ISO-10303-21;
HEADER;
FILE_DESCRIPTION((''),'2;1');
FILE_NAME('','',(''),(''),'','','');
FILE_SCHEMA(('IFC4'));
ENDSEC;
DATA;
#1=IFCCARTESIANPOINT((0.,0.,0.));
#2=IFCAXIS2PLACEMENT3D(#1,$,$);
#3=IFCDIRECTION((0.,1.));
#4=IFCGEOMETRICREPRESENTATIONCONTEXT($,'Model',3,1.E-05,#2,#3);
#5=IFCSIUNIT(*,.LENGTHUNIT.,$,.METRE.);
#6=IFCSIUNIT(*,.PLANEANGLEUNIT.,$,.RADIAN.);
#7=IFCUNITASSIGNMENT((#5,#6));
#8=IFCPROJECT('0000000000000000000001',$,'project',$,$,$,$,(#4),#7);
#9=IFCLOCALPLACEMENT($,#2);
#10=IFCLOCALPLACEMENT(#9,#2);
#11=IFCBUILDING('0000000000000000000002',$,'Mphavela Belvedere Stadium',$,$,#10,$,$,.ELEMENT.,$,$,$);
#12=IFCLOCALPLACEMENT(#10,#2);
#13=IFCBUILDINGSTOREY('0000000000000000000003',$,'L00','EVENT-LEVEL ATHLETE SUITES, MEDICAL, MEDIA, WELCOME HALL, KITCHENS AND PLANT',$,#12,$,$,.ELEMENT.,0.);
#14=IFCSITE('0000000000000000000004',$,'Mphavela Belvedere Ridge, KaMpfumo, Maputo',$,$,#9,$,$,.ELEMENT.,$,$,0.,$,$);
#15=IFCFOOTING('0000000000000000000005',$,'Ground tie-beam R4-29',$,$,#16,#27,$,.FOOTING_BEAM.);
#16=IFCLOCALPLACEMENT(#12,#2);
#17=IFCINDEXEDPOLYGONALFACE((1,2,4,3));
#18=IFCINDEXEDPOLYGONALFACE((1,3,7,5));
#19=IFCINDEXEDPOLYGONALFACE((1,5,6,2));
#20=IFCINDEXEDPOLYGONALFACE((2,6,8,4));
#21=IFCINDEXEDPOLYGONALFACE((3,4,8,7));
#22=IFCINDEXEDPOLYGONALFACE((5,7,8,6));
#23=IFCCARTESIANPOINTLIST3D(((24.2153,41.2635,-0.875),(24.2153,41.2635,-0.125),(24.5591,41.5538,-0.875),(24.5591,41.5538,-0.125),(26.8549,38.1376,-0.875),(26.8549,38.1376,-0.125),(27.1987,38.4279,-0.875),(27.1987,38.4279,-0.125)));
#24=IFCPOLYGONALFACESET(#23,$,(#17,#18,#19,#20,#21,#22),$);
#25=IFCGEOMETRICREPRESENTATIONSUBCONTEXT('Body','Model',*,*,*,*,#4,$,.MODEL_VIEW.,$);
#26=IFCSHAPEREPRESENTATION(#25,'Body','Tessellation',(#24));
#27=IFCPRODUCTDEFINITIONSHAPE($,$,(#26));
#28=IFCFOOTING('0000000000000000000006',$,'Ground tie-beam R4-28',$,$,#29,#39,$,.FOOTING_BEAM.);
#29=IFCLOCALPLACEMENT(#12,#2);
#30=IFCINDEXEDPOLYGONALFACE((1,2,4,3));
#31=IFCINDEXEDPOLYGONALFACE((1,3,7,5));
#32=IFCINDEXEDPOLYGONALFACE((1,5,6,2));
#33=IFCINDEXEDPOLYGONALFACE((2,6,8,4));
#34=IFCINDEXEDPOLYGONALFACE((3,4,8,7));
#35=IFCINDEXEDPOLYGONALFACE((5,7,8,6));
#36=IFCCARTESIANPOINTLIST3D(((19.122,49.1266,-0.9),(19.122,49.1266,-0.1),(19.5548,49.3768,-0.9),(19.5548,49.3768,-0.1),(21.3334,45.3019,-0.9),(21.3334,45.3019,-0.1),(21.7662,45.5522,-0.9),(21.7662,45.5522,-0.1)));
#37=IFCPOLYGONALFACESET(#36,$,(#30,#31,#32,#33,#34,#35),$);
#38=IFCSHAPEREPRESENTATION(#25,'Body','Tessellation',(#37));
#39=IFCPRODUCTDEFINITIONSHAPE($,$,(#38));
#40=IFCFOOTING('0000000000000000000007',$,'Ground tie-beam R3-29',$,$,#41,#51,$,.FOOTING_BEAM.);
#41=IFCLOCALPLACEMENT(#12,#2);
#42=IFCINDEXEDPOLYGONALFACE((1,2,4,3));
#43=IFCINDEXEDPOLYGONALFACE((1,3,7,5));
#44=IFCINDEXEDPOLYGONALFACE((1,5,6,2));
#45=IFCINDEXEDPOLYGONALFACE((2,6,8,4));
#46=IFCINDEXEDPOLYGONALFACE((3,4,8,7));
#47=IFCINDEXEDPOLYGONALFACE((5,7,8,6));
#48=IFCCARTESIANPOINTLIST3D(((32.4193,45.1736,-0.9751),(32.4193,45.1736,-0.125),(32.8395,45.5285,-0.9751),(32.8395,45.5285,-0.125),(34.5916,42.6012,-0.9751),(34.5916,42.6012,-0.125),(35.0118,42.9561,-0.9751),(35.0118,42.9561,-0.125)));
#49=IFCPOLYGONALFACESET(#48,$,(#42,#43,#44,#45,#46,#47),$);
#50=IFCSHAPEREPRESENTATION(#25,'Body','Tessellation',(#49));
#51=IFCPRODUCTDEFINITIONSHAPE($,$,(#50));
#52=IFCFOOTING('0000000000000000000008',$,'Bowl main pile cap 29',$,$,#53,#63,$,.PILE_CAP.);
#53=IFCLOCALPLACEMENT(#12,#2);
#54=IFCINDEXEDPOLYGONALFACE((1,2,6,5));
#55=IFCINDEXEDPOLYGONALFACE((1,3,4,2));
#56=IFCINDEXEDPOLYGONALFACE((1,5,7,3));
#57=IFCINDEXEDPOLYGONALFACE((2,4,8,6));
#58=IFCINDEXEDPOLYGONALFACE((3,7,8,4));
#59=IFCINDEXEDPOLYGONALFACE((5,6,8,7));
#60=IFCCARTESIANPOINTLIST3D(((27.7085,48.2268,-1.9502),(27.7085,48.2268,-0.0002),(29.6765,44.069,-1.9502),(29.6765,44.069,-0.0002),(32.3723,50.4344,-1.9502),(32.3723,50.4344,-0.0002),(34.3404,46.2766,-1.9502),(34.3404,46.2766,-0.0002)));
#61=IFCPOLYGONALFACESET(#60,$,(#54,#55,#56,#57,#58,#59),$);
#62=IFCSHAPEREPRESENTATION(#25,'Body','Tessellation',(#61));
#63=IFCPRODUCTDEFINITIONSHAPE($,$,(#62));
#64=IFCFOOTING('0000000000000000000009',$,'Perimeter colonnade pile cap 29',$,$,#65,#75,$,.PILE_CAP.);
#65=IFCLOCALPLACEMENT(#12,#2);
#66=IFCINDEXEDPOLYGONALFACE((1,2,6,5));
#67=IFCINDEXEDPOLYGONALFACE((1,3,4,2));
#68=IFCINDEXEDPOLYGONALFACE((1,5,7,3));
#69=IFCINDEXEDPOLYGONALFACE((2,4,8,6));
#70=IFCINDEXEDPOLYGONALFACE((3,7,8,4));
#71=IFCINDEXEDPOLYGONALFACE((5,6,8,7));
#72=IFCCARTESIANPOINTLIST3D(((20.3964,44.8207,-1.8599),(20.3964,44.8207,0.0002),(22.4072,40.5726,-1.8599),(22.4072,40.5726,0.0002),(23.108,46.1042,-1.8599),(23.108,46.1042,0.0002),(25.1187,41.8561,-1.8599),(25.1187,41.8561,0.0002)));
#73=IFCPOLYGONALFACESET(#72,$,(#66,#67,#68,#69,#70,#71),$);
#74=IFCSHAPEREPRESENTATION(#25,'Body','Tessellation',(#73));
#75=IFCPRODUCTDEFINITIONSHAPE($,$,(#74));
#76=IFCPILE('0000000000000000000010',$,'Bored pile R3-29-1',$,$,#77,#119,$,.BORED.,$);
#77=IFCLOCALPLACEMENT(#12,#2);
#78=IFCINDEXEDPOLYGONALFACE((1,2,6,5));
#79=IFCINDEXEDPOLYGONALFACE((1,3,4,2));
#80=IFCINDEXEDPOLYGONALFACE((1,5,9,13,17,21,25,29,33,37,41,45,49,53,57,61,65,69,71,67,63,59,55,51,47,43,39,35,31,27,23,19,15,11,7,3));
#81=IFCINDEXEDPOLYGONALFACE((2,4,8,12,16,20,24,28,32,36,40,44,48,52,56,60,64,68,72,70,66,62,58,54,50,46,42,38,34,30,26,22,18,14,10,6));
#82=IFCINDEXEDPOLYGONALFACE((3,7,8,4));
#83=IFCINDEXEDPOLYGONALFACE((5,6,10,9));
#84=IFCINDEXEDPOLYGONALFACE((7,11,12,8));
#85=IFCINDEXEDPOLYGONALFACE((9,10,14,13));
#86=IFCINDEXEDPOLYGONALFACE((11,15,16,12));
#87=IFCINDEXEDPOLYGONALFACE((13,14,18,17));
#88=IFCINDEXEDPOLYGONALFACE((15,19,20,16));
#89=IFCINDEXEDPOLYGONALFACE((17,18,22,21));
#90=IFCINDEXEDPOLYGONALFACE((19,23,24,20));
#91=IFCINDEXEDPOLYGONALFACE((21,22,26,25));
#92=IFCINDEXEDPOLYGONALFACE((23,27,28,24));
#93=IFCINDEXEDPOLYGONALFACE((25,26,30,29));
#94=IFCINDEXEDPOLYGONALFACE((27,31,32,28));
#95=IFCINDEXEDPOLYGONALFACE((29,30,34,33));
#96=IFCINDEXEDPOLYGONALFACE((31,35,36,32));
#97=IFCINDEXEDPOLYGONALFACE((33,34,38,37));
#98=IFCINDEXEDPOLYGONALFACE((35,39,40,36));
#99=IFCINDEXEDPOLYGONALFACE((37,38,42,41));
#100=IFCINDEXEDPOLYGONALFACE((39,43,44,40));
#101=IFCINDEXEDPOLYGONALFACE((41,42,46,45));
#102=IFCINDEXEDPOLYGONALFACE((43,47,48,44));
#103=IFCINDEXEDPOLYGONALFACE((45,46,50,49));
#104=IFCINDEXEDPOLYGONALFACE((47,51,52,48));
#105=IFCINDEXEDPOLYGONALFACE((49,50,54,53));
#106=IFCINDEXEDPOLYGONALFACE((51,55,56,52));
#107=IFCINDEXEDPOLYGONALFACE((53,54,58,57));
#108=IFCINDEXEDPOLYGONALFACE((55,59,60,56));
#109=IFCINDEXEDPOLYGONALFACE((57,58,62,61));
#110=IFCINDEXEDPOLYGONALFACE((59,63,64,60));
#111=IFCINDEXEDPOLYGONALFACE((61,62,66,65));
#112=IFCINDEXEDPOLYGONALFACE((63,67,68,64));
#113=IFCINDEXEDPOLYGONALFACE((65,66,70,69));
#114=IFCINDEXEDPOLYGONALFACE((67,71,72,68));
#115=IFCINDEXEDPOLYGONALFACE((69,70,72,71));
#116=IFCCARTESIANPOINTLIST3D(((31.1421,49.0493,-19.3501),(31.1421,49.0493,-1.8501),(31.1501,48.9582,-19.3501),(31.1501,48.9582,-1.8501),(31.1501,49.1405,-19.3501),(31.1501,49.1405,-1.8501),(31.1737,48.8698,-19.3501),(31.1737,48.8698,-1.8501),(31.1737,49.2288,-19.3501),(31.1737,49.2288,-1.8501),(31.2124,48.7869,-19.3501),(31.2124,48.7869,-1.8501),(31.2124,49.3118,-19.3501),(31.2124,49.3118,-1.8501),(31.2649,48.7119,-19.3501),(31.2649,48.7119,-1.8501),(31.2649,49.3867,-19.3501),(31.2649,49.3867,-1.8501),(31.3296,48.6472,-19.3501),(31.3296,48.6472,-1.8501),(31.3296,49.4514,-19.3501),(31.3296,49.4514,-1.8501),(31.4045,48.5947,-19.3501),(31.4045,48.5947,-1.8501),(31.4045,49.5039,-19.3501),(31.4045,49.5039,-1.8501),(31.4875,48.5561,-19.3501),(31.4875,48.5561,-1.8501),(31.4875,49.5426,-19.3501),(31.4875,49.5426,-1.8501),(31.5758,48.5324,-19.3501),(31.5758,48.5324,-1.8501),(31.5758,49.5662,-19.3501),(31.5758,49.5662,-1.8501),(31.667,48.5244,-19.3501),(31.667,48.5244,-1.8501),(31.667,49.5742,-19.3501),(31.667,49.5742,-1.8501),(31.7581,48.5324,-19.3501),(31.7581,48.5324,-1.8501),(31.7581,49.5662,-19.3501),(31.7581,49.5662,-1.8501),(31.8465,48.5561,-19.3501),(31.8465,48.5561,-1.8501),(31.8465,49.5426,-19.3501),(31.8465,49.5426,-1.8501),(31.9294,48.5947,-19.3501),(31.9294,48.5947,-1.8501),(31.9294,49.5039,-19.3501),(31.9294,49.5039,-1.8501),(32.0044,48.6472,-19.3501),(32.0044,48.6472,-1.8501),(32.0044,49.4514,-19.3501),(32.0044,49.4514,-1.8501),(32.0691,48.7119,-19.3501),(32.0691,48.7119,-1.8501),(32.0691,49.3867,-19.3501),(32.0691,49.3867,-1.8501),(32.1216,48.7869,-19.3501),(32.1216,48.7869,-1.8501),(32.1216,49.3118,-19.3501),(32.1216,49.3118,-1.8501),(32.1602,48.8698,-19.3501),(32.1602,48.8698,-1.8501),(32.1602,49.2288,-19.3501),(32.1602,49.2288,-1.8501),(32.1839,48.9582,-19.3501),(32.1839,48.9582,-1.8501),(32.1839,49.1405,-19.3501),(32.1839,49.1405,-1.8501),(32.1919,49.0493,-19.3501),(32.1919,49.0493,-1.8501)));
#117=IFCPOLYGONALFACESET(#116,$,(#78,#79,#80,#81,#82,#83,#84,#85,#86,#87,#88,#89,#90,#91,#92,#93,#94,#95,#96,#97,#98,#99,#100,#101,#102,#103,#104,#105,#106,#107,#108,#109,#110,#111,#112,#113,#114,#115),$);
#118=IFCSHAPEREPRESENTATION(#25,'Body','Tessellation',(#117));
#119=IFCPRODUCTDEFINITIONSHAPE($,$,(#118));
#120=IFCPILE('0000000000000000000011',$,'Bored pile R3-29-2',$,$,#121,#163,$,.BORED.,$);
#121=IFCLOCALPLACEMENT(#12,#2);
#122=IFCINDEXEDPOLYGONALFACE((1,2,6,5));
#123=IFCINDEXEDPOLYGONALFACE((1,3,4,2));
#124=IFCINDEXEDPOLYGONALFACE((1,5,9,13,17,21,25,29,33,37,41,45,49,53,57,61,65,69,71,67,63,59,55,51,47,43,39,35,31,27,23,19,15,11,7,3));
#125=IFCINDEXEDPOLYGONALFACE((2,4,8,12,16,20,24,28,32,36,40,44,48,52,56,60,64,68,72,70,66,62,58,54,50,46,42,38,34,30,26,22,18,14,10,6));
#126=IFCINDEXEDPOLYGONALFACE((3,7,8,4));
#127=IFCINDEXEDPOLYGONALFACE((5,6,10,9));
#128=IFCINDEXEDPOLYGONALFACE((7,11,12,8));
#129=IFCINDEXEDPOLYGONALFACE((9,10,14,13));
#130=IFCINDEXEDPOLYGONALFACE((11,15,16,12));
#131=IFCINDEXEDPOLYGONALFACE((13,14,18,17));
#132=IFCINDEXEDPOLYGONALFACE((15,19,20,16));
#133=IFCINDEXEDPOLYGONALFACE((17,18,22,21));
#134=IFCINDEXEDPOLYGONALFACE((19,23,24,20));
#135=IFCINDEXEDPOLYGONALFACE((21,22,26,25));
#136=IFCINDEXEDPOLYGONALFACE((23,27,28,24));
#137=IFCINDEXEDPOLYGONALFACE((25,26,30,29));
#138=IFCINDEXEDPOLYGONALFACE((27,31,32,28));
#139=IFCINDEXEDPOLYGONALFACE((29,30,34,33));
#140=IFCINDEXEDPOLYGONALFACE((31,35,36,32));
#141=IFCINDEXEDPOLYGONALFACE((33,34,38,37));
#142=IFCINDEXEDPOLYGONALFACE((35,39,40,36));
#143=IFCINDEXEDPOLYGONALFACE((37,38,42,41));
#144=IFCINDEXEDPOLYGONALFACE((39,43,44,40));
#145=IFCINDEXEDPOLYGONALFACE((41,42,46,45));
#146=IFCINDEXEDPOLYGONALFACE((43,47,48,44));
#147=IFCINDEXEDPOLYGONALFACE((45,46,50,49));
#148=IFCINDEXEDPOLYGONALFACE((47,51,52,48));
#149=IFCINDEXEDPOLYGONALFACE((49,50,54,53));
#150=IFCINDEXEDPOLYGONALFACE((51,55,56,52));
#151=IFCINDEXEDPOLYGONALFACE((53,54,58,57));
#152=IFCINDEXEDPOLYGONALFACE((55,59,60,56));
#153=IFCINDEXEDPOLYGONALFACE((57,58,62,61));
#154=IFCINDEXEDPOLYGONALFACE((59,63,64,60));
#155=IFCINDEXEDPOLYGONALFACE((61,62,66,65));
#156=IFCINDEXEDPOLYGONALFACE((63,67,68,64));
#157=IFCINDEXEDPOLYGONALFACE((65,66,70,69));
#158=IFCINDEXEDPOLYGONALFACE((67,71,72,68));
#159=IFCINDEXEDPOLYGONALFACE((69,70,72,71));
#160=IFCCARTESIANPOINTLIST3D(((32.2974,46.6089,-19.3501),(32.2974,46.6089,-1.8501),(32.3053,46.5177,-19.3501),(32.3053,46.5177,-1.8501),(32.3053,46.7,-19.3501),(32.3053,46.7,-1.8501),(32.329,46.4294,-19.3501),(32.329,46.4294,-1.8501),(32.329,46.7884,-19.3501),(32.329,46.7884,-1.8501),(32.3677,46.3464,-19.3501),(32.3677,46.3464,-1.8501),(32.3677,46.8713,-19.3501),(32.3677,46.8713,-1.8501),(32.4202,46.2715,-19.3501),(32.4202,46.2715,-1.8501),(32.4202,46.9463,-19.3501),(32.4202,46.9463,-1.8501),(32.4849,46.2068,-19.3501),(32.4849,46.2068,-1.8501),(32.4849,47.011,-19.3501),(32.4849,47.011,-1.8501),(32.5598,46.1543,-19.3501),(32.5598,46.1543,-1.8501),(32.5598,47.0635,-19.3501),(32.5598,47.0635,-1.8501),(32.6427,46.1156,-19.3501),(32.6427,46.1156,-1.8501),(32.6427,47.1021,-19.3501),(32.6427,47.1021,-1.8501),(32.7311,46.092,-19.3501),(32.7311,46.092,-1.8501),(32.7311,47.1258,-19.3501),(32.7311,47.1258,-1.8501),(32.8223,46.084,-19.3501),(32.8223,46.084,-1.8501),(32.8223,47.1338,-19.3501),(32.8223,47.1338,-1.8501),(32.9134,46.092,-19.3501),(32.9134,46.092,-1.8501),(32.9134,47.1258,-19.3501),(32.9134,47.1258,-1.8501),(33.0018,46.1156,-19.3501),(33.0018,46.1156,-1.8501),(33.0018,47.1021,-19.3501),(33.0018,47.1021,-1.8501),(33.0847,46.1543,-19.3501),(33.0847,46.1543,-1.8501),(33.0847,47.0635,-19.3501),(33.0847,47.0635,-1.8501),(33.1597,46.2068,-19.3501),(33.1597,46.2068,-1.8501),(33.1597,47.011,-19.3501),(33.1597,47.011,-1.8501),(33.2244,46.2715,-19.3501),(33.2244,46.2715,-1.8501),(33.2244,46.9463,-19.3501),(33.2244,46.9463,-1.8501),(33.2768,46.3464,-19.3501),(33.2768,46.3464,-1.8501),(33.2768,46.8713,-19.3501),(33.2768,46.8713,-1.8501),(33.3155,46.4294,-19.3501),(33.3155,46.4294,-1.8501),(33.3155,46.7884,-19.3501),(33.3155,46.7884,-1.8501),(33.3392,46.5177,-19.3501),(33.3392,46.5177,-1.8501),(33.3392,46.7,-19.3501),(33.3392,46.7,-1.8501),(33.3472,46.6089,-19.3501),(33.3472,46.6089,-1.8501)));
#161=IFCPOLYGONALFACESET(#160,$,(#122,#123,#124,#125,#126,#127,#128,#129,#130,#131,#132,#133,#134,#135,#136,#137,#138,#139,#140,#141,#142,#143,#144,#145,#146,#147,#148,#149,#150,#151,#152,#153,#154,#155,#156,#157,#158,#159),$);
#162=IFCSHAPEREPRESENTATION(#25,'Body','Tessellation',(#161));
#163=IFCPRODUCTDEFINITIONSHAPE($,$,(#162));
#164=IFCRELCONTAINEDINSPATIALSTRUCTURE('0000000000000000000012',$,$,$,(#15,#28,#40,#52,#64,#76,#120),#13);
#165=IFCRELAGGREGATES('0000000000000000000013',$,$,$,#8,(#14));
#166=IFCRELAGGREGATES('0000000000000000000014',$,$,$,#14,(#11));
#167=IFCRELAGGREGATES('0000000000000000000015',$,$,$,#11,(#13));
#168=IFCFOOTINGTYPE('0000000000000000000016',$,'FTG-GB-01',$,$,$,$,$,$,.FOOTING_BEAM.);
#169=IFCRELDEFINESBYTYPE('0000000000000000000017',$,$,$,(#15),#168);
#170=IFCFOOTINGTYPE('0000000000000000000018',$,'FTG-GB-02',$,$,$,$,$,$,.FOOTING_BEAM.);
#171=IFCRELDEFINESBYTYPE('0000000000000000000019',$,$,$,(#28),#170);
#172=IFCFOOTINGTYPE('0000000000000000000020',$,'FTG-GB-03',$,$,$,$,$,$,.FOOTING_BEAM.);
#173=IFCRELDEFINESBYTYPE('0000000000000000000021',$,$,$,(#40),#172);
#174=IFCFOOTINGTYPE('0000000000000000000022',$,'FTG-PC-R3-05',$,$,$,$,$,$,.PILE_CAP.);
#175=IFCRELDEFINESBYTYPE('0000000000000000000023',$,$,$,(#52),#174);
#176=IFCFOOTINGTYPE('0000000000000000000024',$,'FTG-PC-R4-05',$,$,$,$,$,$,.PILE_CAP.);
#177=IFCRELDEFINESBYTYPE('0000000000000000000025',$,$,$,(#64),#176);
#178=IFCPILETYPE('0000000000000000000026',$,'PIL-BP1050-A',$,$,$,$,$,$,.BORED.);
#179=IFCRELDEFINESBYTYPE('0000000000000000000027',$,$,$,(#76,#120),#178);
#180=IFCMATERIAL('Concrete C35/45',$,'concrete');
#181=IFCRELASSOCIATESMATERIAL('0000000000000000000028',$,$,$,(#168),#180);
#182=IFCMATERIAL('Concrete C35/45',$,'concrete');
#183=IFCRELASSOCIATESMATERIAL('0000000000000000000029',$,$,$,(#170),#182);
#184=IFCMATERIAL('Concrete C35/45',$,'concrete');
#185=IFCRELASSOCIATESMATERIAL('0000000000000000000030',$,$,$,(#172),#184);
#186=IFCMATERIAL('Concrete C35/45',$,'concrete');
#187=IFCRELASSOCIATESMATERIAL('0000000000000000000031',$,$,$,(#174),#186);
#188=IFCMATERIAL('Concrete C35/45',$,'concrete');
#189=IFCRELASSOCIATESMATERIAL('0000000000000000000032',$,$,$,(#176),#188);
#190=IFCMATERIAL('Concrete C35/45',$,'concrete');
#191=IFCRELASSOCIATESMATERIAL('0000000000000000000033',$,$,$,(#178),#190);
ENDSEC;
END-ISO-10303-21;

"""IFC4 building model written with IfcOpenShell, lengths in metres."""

from ifc_helpers import new_model, si_unit, direction, frame, origin, origin_2d, place, context, subcontext, project, spatial, rectangle, circle, extrude, material, material_profile, profile_set, type_object, element, save


model = new_model("IFC4")

# Units and contexts
model_context = context("Model", 3, precision=1e-05, world=origin(), true_north=direction((0.0, 1.0)))
body_context = subcontext(model_context, "Body", "Model", "MODEL_VIEW")
ifc_project = project(units=[si_unit("LENGTHUNIT", "METRE"), si_unit("PLANEANGLEUNIT", "RADIAN")], contexts=[model_context])

# Site, building, storey
site_placement = place(None, origin())
site = spatial("IfcSite", under=ifc_project, at=site_placement, Name="Mphavela Belvedere Ridge, KaMpfumo, Maputo", CompositionType="ELEMENT", RefElevation=0.0)
building_placement = place(site_placement, origin())
building = spatial("IfcBuilding", under=site, at=building_placement, Name="Mphavela Belvedere Stadium", CompositionType="ELEMENT")
storey_placement = place(building_placement, origin())
storey = spatial("IfcBuildingStorey", under=building, at=storey_placement, Name="L00", Description="EVENT-LEVEL ATHLETE SUITES, MEDICAL, MEDIA, WELCOME HALL, KITCHENS AND PLANT", CompositionType="ELEMENT", Elevation=0.0)

# Footings
ifc_material_1 = material(Name="Concrete C35/45", Category="concrete")
ifc_material_profile_1 = material_profile(ifc_material_1, rectangle(XDim=0.45, YDim=0.75, at=origin_2d()), Name="GB 450x750")
ifc_profile_set_1 = profile_set([ifc_material_profile_1], Name="Concrete C35/45")
footing_type_1 = type_object("IfcFootingType", Name="FTG-GB-01", PredefinedType="FOOTING_BEAM", material=ifc_profile_set_1)
footing_1_placement = place(storey_placement, frame((24.3872, 41.4087, -0.5), z_axis=(0.645172, -0.764038, 0.0), x_axis=(0.764038, 0.645172, 0.0)))
element("IfcFooting", 1, at=footing_1_placement, inside=storey, type_object=footing_type_1, Name="Ground tie-beam R4-29", PredefinedType="FOOTING_BEAM", context=body_context, shape_type="SweptSolid", body=[
    extrude(rectangle(XDim=0.45, YDim=0.75, at=origin_2d()), origin(), (0.0, 0.0, 1.0), 4.0913),
])
ifc_material_2 = material(Name="Concrete C35/45", Category="concrete")
ifc_material_profile_2 = material_profile(ifc_material_2, rectangle(XDim=0.5, YDim=0.8, at=origin_2d()), Name="GB 500x800")
ifc_profile_set_2 = profile_set([ifc_material_profile_2], Name="Concrete C35/45")
footing_type_2 = type_object("IfcFootingType", Name="FTG-GB-02", PredefinedType="FOOTING_BEAM", material=ifc_profile_set_2)
footing_2_placement = place(storey_placement, frame((19.3384, 49.2517, -0.5), z_axis=(0.500548, -0.865709, 0.0), x_axis=(0.865709, 0.500548, 0.0)))
element("IfcFooting", 2, at=footing_2_placement, inside=storey, type_object=footing_type_2, Name="Ground tie-beam R4-28", PredefinedType="FOOTING_BEAM", context=body_context, shape_type="SweptSolid", body=[
    extrude(rectangle(XDim=0.5, YDim=0.8, at=origin_2d()), origin(), (0.0, 0.0, 1.0), 4.418),
])
ifc_material_3 = material(Name="Concrete C35/45", Category="concrete")
ifc_material_profile_3 = material_profile(ifc_material_3, rectangle(XDim=0.55, YDim=0.8501, at=origin_2d()), Name="GB 550x850")
ifc_profile_set_3 = profile_set([ifc_material_profile_3], Name="Concrete C35/45")
footing_type_3 = type_object("IfcFootingType", Name="FTG-GB-03", PredefinedType="FOOTING_BEAM", material=ifc_profile_set_3)
footing_3_placement = place(storey_placement, frame((32.6294, 45.3511, -0.55), z_axis=(0.645185, -0.764027, 0.0), x_axis=(0.764027, 0.645185, 0.0)))
element("IfcFooting", 3, at=footing_3_placement, inside=storey, type_object=footing_type_3, Name="Ground tie-beam R3-29", PredefinedType="FOOTING_BEAM", context=body_context, shape_type="SweptSolid", body=[
    extrude(rectangle(XDim=0.55, YDim=0.8501, at=origin_2d()), origin(), (0.0, 0.0, 1.0), 3.3669),
])
ifc_material_4 = material(Name="Concrete C35/45", Category="concrete")
footing_type_4 = type_object("IfcFootingType", Name="FTG-PC-R3-05", PredefinedType="PILE_CAP", material=ifc_material_4)
footing_4_placement = place(storey_placement, frame((31.0244, 47.2517, -1.9502), z_axis=(0.0, 0.0, 1.0), x_axis=(-0.903859, -0.427831, 0.0)))
element("IfcFooting", 4, at=footing_4_placement, inside=storey, type_object=footing_type_4, Name="Bowl main pile cap 29", PredefinedType="PILE_CAP", context=body_context, shape_type="SweptSolid", body=[
    extrude(rectangle(XDim=5.1599, YDim=4.6001, at=origin_2d()), origin(), (0.0, 0.0, 1.0), 1.95),
])
ifc_material_5 = material(Name="Concrete C35/45", Category="concrete")
footing_type_5 = type_object("IfcFootingType", Name="FTG-PC-R4-05", PredefinedType="PILE_CAP", material=ifc_material_5)
footing_5_placement = place(storey_placement, frame((22.7576, 43.3384, -1.8599), z_axis=(0.0, 0.0, 1.0), x_axis=(0.427831, -0.903859, 0.0)))
element("IfcFooting", 5, at=footing_5_placement, inside=storey, type_object=footing_type_5, Name="Perimeter colonnade pile cap 29", PredefinedType="PILE_CAP", context=body_context, shape_type="SweptSolid", body=[
    extrude(rectangle(XDim=4.7, YDim=3.0, at=origin_2d()), origin(), (0.0, 0.0, 1.0), 1.8601),
])

# Piles
ifc_material_6 = material(Name="Concrete C35/45", Category="concrete")
ifc_material_profile_4 = material_profile(ifc_material_6, circle(Radius=0.5249, at=origin_2d()), Name="BP D1050")
ifc_profile_set_4 = profile_set([ifc_material_profile_4], Name="Concrete C35/45")
pile_type_1 = type_object("IfcPileType", Name="PIL-BP1050-A", PredefinedType="BORED", material=ifc_profile_set_4)
for number, where, z_axis, x_axis, name in (
    (6, (31.667, 49.0493, -1.8501), (0.0, 0.0, -1.0), (1.0, 0.0, 0.0), "Bored pile R3-29-1"),
    (7, (32.8223, 46.6089, -1.8501), (0.0, 0.0, -1.0), (1.0, 0.0, 0.0), "Bored pile R3-29-2"),
):
    element("IfcPile", number, at=place(storey_placement, frame(where, z_axis=z_axis, x_axis=x_axis)), inside=storey, type_object=pile_type_1, Name=name, PredefinedType="BORED", context=body_context, shape_type="SweptSolid", body=[
        extrude(circle(Radius=0.5249, at=origin_2d()), origin(), (0.0, 0.0, 1.0), 17.5),
    ])

save(model, "model.ifc")
